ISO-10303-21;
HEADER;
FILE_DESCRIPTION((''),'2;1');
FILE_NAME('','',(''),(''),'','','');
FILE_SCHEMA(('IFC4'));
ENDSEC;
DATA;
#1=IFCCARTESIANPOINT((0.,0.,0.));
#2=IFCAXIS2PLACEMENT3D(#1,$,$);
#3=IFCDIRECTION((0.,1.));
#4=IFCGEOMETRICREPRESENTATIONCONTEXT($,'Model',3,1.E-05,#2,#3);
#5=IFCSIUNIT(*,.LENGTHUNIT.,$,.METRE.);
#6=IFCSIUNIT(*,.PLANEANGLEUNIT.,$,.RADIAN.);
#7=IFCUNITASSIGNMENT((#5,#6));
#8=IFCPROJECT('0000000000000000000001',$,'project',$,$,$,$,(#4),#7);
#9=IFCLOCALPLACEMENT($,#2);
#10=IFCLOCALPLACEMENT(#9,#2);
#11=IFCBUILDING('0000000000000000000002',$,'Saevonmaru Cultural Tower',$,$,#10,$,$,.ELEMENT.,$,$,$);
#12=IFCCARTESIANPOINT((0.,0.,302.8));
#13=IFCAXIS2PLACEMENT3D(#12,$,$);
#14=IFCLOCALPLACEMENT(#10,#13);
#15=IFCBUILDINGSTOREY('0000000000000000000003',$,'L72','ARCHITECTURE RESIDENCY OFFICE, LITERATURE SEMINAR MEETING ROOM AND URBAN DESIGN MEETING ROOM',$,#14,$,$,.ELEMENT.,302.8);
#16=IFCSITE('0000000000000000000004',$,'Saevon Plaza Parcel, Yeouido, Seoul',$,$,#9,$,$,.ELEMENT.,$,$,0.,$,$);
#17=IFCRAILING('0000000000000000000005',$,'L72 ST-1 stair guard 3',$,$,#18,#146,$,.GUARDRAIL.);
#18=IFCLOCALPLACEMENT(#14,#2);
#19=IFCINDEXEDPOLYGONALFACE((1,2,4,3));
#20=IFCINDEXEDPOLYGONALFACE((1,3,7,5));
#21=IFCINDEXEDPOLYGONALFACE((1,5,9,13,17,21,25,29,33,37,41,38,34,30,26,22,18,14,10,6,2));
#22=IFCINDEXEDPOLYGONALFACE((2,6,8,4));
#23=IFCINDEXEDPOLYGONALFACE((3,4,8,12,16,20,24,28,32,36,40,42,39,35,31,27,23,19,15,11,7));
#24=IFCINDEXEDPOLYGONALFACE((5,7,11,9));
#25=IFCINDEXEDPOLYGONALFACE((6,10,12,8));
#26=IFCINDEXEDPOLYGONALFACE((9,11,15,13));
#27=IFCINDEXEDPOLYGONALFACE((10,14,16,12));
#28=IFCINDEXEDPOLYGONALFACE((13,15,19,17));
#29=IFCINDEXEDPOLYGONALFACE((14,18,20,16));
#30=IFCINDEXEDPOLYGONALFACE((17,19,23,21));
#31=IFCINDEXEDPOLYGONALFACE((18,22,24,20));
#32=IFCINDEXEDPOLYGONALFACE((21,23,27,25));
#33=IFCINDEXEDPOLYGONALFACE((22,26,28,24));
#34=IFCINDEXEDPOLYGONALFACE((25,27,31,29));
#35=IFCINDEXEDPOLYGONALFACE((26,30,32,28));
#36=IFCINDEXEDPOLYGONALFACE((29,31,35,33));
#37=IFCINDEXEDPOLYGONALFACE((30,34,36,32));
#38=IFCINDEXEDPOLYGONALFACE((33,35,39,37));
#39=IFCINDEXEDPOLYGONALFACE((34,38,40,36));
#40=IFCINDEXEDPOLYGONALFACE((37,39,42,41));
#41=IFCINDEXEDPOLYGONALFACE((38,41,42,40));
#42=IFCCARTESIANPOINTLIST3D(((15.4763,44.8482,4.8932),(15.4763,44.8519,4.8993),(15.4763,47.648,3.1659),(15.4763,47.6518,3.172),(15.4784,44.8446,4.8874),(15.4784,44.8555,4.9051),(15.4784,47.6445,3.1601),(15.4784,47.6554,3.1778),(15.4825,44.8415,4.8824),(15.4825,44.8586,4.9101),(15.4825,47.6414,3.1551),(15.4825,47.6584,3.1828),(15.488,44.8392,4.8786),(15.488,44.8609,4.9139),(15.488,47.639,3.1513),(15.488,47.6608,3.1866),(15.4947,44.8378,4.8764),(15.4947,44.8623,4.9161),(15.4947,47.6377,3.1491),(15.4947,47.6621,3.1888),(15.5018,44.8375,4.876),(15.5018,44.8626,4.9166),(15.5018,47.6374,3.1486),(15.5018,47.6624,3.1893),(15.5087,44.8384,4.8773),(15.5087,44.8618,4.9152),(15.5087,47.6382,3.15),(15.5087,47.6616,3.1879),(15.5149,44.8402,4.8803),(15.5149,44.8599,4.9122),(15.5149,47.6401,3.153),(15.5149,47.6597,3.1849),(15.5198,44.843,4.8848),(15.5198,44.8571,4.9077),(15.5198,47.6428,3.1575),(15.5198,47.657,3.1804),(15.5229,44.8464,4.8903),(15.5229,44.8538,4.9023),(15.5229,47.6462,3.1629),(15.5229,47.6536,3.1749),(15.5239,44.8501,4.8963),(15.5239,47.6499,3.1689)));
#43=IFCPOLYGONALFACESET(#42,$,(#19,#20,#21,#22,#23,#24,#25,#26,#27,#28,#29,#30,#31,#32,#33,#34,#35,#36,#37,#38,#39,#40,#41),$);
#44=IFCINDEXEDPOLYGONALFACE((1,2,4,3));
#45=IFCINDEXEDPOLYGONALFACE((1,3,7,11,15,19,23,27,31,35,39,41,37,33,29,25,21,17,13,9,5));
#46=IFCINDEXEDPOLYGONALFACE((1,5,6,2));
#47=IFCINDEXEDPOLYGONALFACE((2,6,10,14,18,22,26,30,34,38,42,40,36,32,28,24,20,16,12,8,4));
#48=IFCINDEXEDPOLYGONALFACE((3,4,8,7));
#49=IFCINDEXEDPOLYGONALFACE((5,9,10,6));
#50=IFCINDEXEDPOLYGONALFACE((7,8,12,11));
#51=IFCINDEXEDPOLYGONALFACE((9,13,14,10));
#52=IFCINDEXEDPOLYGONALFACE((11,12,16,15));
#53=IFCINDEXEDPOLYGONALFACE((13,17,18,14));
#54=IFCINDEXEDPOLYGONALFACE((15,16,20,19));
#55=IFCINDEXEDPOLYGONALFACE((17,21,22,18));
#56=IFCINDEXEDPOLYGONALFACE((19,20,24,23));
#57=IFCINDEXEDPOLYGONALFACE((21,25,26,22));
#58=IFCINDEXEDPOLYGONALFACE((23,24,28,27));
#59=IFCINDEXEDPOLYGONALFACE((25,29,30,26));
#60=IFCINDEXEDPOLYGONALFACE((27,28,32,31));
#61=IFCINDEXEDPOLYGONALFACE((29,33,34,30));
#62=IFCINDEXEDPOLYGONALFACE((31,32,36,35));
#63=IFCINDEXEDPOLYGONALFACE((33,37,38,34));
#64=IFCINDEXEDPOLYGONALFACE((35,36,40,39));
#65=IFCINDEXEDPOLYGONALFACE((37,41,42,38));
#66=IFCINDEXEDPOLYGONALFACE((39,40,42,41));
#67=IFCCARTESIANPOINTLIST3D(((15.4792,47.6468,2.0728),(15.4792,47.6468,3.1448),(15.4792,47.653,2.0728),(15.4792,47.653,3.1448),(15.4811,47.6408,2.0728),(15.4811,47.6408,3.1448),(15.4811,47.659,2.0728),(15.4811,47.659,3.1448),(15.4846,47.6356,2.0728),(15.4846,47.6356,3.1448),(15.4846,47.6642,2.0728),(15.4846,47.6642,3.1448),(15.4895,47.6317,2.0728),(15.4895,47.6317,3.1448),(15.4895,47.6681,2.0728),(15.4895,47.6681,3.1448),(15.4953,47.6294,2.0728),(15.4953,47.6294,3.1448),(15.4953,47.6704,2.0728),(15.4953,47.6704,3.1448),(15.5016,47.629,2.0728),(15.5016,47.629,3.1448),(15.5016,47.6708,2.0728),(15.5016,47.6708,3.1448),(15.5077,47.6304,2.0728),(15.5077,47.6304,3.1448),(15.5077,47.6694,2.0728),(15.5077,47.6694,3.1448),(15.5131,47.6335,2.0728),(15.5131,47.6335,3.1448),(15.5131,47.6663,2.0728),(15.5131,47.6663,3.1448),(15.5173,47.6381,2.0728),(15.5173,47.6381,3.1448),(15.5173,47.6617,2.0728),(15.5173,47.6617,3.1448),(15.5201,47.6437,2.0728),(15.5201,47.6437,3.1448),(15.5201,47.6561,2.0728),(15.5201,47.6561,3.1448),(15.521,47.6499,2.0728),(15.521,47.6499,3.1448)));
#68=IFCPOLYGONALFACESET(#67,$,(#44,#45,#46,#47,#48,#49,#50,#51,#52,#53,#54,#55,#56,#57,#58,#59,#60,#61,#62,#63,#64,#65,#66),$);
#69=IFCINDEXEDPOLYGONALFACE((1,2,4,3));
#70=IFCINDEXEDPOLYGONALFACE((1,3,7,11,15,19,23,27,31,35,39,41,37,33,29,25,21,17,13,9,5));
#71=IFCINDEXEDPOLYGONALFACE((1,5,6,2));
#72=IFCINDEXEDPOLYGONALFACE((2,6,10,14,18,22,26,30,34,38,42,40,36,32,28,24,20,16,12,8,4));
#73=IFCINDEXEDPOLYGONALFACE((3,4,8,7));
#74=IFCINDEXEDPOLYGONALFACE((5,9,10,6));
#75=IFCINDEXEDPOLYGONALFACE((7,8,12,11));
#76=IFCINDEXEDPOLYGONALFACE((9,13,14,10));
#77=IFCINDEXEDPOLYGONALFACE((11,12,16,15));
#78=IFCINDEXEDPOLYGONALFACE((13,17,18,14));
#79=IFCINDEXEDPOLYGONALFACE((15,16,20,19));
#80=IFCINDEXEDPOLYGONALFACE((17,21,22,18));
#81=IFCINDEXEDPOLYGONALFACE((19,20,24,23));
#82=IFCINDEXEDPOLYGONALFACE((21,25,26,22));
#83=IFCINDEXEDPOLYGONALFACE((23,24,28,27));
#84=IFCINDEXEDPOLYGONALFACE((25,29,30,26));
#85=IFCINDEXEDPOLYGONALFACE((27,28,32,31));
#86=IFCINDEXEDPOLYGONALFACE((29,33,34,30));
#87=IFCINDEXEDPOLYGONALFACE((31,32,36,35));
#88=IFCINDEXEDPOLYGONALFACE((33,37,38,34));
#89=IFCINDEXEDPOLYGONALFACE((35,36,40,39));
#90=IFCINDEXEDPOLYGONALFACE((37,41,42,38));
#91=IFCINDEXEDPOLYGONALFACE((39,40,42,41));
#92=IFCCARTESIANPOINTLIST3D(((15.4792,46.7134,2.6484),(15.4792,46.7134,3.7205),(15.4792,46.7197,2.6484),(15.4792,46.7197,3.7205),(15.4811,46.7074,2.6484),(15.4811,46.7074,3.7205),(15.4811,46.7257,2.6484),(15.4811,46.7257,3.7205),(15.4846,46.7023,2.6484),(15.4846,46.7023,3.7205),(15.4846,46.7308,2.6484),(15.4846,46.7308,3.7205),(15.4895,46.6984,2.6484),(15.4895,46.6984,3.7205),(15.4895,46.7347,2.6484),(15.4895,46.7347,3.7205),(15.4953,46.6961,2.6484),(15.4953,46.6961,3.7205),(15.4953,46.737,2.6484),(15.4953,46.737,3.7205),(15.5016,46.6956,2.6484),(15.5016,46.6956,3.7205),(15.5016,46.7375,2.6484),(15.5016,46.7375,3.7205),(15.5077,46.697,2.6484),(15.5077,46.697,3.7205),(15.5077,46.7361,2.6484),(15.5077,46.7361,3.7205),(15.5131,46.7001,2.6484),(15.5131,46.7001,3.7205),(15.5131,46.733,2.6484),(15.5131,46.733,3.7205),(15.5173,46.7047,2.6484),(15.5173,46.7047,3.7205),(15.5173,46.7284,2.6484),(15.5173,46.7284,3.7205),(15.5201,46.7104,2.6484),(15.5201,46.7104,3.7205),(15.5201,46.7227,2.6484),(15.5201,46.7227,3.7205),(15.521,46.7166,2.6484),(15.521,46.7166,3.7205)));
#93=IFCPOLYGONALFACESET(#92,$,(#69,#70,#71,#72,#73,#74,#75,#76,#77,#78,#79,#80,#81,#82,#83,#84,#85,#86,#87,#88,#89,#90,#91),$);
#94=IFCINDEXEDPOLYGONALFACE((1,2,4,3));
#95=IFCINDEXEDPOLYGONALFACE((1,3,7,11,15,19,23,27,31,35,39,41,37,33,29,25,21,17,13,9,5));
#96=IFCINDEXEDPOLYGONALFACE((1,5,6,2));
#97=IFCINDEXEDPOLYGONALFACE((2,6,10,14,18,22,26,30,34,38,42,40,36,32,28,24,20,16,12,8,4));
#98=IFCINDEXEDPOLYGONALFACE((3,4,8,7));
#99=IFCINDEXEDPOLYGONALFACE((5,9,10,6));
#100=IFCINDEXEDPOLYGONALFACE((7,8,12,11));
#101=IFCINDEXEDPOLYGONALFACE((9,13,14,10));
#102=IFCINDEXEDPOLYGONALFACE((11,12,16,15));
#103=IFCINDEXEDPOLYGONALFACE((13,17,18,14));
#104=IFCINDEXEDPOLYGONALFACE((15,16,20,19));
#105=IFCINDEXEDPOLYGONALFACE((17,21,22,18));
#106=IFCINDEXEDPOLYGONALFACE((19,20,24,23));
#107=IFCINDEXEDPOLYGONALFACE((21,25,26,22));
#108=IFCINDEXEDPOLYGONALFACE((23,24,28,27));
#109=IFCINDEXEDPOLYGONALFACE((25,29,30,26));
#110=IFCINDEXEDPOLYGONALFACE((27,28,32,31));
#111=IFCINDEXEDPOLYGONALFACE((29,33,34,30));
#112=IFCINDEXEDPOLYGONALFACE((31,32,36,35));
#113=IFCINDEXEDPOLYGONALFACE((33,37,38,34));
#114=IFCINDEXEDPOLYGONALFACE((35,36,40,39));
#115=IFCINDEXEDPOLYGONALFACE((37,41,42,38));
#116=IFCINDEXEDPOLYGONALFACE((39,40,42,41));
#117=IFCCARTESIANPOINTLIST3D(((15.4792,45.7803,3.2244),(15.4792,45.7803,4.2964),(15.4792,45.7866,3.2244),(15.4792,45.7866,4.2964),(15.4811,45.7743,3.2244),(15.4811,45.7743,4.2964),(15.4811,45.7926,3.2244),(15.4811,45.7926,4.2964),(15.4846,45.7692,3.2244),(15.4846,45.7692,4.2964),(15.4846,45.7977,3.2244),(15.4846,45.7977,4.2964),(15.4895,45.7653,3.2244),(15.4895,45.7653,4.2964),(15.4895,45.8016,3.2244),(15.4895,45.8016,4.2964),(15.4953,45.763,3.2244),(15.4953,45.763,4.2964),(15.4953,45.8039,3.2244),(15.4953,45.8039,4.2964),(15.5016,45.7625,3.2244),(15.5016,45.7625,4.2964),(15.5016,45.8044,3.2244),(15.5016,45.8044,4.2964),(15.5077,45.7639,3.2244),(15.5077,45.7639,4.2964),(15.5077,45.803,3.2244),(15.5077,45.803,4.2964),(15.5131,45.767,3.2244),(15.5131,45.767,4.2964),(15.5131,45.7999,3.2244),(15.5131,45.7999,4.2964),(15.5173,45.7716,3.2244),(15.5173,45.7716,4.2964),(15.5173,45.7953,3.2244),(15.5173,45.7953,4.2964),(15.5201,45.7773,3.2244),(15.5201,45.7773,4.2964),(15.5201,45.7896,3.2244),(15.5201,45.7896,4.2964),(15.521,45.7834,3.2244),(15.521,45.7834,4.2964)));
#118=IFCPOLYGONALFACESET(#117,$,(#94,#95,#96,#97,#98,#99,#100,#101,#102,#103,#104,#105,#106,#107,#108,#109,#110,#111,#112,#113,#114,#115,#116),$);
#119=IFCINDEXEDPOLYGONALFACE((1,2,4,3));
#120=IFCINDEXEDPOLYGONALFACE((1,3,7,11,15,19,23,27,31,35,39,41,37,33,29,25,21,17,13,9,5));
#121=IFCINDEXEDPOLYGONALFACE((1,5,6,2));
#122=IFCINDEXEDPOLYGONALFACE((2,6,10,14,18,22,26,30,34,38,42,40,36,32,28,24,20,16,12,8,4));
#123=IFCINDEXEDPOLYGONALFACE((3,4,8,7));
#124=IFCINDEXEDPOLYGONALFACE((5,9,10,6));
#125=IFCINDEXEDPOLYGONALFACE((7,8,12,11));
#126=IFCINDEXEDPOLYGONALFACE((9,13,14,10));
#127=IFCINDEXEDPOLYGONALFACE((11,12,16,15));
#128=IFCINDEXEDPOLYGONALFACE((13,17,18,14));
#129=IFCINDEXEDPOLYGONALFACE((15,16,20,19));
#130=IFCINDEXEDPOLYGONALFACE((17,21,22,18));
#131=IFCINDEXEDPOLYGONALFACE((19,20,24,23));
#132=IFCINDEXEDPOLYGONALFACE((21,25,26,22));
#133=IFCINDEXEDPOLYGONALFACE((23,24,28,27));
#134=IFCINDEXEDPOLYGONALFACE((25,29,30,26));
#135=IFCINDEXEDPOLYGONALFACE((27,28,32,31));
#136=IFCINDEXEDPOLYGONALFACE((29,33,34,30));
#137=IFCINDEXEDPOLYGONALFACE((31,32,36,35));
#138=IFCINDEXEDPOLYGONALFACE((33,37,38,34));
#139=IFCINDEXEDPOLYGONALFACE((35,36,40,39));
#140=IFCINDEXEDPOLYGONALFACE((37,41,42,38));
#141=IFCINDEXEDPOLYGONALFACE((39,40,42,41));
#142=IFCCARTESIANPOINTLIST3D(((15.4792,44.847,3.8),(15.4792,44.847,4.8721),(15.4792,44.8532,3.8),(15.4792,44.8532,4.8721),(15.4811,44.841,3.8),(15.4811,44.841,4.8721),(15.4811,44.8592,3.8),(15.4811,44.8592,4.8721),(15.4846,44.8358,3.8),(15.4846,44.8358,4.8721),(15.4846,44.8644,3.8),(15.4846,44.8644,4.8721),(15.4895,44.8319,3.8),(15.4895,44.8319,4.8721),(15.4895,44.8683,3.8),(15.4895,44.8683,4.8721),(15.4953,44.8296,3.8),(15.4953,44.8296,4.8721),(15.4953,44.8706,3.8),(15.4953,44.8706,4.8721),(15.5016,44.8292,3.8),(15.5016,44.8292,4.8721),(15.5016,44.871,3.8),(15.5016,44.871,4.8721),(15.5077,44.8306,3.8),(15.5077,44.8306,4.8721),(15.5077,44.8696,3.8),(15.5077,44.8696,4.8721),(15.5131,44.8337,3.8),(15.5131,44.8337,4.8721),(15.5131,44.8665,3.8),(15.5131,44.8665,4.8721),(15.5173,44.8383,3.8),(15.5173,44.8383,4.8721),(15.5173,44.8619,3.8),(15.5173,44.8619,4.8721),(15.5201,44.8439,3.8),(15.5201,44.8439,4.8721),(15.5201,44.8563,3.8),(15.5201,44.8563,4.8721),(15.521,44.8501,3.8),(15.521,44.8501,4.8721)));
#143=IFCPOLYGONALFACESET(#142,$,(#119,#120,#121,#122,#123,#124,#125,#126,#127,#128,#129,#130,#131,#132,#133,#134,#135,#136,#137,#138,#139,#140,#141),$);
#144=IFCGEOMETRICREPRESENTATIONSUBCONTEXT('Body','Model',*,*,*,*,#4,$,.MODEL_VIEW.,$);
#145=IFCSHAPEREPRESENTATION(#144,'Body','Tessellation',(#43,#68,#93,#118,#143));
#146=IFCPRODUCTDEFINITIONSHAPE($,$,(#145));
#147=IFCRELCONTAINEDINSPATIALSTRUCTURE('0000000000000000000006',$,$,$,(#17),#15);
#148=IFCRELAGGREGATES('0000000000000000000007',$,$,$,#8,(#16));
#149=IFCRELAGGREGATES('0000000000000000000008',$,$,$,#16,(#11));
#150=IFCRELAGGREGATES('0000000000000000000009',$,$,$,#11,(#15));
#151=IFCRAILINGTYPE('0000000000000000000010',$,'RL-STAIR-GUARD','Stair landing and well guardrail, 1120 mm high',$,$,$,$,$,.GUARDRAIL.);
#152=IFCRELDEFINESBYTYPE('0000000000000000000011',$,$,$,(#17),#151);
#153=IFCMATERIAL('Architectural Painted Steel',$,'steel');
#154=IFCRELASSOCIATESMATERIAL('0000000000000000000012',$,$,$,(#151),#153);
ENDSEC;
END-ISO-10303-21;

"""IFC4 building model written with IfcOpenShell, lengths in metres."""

from ifc_helpers import new_model, si_unit, direction, frame, origin, origin_2d, place, context, subcontext, project, spatial, circle, extrude, material, type_object, element, save


model = new_model("IFC4")

# Units and contexts
model_context = context("Model", 3, precision=1e-05, world=origin(), true_north=direction((0.0, 1.0)))
body_context = subcontext(model_context, "Body", "Model", "MODEL_VIEW")
ifc_project = project(units=[si_unit("LENGTHUNIT", "METRE"), si_unit("PLANEANGLEUNIT", "RADIAN")], contexts=[model_context])

# Site, building, storey
site_placement = place(None, origin())
site = spatial("IfcSite", under=ifc_project, at=site_placement, Name="Saevon Plaza Parcel, Yeouido, Seoul", CompositionType="ELEMENT", RefElevation=0.0)
building_placement = place(site_placement, origin())
building = spatial("IfcBuilding", under=site, at=building_placement, Name="Saevonmaru Cultural Tower", CompositionType="ELEMENT")
storey_placement = place(building_placement, frame((0.0, 0.0, 302.8)))
storey = spatial("IfcBuildingStorey", under=building, at=storey_placement, Name="L72", Description="ARCHITECTURE RESIDENCY OFFICE, LITERATURE SEMINAR MEETING ROOM AND URBAN DESIGN MEETING ROOM", CompositionType="ELEMENT", Elevation=302.8)

# Railing
ifc_material_1 = material(Name="Architectural Painted Steel", Category="steel")
railing_type_1 = type_object("IfcRailingType", Name="RL-STAIR-GUARD", Description="Stair landing and well guardrail, 1120 mm high", PredefinedType="GUARDRAIL", material=ifc_material_1)
railing_1_placement = place(storey_placement, frame((15.5, 47.6499, 2.0728)))
element("IfcRailing", 1, at=railing_1_placement, inside=storey, type_object=railing_type_1, Name="L72 ST-1 stair guard 3", PredefinedType="GUARDRAIL", context=body_context, shape_type="SweptSolid", body=[
    extrude(circle(Radius=0.0239, at=origin_2d()), frame((0.0, 0.0, 1.0962), z_axis=(0.0, -0.851069, 0.525054), x_axis=(1.0, 0.0, 0.0)), (0.0, 0.0, 1.0), 3.2898),
    extrude(circle(Radius=0.021, at=origin_2d()), origin(), (0.0, 0.0, 1.0), 1.072),
    extrude(circle(Radius=0.021, at=origin_2d()), frame((0.0, -0.9333, 0.5757)), (0.0, 0.0, 1.0), 1.072),
    extrude(circle(Radius=0.021, at=origin_2d()), frame((0.0, -1.8665, 1.1516)), (0.0, 0.0, 1.0), 1.072),
    extrude(circle(Radius=0.021, at=origin_2d()), frame((0.0, -2.7998, 1.7273)), (0.0, 0.0, 1.0), 1.072),
])

save(model, "model.ifc")
